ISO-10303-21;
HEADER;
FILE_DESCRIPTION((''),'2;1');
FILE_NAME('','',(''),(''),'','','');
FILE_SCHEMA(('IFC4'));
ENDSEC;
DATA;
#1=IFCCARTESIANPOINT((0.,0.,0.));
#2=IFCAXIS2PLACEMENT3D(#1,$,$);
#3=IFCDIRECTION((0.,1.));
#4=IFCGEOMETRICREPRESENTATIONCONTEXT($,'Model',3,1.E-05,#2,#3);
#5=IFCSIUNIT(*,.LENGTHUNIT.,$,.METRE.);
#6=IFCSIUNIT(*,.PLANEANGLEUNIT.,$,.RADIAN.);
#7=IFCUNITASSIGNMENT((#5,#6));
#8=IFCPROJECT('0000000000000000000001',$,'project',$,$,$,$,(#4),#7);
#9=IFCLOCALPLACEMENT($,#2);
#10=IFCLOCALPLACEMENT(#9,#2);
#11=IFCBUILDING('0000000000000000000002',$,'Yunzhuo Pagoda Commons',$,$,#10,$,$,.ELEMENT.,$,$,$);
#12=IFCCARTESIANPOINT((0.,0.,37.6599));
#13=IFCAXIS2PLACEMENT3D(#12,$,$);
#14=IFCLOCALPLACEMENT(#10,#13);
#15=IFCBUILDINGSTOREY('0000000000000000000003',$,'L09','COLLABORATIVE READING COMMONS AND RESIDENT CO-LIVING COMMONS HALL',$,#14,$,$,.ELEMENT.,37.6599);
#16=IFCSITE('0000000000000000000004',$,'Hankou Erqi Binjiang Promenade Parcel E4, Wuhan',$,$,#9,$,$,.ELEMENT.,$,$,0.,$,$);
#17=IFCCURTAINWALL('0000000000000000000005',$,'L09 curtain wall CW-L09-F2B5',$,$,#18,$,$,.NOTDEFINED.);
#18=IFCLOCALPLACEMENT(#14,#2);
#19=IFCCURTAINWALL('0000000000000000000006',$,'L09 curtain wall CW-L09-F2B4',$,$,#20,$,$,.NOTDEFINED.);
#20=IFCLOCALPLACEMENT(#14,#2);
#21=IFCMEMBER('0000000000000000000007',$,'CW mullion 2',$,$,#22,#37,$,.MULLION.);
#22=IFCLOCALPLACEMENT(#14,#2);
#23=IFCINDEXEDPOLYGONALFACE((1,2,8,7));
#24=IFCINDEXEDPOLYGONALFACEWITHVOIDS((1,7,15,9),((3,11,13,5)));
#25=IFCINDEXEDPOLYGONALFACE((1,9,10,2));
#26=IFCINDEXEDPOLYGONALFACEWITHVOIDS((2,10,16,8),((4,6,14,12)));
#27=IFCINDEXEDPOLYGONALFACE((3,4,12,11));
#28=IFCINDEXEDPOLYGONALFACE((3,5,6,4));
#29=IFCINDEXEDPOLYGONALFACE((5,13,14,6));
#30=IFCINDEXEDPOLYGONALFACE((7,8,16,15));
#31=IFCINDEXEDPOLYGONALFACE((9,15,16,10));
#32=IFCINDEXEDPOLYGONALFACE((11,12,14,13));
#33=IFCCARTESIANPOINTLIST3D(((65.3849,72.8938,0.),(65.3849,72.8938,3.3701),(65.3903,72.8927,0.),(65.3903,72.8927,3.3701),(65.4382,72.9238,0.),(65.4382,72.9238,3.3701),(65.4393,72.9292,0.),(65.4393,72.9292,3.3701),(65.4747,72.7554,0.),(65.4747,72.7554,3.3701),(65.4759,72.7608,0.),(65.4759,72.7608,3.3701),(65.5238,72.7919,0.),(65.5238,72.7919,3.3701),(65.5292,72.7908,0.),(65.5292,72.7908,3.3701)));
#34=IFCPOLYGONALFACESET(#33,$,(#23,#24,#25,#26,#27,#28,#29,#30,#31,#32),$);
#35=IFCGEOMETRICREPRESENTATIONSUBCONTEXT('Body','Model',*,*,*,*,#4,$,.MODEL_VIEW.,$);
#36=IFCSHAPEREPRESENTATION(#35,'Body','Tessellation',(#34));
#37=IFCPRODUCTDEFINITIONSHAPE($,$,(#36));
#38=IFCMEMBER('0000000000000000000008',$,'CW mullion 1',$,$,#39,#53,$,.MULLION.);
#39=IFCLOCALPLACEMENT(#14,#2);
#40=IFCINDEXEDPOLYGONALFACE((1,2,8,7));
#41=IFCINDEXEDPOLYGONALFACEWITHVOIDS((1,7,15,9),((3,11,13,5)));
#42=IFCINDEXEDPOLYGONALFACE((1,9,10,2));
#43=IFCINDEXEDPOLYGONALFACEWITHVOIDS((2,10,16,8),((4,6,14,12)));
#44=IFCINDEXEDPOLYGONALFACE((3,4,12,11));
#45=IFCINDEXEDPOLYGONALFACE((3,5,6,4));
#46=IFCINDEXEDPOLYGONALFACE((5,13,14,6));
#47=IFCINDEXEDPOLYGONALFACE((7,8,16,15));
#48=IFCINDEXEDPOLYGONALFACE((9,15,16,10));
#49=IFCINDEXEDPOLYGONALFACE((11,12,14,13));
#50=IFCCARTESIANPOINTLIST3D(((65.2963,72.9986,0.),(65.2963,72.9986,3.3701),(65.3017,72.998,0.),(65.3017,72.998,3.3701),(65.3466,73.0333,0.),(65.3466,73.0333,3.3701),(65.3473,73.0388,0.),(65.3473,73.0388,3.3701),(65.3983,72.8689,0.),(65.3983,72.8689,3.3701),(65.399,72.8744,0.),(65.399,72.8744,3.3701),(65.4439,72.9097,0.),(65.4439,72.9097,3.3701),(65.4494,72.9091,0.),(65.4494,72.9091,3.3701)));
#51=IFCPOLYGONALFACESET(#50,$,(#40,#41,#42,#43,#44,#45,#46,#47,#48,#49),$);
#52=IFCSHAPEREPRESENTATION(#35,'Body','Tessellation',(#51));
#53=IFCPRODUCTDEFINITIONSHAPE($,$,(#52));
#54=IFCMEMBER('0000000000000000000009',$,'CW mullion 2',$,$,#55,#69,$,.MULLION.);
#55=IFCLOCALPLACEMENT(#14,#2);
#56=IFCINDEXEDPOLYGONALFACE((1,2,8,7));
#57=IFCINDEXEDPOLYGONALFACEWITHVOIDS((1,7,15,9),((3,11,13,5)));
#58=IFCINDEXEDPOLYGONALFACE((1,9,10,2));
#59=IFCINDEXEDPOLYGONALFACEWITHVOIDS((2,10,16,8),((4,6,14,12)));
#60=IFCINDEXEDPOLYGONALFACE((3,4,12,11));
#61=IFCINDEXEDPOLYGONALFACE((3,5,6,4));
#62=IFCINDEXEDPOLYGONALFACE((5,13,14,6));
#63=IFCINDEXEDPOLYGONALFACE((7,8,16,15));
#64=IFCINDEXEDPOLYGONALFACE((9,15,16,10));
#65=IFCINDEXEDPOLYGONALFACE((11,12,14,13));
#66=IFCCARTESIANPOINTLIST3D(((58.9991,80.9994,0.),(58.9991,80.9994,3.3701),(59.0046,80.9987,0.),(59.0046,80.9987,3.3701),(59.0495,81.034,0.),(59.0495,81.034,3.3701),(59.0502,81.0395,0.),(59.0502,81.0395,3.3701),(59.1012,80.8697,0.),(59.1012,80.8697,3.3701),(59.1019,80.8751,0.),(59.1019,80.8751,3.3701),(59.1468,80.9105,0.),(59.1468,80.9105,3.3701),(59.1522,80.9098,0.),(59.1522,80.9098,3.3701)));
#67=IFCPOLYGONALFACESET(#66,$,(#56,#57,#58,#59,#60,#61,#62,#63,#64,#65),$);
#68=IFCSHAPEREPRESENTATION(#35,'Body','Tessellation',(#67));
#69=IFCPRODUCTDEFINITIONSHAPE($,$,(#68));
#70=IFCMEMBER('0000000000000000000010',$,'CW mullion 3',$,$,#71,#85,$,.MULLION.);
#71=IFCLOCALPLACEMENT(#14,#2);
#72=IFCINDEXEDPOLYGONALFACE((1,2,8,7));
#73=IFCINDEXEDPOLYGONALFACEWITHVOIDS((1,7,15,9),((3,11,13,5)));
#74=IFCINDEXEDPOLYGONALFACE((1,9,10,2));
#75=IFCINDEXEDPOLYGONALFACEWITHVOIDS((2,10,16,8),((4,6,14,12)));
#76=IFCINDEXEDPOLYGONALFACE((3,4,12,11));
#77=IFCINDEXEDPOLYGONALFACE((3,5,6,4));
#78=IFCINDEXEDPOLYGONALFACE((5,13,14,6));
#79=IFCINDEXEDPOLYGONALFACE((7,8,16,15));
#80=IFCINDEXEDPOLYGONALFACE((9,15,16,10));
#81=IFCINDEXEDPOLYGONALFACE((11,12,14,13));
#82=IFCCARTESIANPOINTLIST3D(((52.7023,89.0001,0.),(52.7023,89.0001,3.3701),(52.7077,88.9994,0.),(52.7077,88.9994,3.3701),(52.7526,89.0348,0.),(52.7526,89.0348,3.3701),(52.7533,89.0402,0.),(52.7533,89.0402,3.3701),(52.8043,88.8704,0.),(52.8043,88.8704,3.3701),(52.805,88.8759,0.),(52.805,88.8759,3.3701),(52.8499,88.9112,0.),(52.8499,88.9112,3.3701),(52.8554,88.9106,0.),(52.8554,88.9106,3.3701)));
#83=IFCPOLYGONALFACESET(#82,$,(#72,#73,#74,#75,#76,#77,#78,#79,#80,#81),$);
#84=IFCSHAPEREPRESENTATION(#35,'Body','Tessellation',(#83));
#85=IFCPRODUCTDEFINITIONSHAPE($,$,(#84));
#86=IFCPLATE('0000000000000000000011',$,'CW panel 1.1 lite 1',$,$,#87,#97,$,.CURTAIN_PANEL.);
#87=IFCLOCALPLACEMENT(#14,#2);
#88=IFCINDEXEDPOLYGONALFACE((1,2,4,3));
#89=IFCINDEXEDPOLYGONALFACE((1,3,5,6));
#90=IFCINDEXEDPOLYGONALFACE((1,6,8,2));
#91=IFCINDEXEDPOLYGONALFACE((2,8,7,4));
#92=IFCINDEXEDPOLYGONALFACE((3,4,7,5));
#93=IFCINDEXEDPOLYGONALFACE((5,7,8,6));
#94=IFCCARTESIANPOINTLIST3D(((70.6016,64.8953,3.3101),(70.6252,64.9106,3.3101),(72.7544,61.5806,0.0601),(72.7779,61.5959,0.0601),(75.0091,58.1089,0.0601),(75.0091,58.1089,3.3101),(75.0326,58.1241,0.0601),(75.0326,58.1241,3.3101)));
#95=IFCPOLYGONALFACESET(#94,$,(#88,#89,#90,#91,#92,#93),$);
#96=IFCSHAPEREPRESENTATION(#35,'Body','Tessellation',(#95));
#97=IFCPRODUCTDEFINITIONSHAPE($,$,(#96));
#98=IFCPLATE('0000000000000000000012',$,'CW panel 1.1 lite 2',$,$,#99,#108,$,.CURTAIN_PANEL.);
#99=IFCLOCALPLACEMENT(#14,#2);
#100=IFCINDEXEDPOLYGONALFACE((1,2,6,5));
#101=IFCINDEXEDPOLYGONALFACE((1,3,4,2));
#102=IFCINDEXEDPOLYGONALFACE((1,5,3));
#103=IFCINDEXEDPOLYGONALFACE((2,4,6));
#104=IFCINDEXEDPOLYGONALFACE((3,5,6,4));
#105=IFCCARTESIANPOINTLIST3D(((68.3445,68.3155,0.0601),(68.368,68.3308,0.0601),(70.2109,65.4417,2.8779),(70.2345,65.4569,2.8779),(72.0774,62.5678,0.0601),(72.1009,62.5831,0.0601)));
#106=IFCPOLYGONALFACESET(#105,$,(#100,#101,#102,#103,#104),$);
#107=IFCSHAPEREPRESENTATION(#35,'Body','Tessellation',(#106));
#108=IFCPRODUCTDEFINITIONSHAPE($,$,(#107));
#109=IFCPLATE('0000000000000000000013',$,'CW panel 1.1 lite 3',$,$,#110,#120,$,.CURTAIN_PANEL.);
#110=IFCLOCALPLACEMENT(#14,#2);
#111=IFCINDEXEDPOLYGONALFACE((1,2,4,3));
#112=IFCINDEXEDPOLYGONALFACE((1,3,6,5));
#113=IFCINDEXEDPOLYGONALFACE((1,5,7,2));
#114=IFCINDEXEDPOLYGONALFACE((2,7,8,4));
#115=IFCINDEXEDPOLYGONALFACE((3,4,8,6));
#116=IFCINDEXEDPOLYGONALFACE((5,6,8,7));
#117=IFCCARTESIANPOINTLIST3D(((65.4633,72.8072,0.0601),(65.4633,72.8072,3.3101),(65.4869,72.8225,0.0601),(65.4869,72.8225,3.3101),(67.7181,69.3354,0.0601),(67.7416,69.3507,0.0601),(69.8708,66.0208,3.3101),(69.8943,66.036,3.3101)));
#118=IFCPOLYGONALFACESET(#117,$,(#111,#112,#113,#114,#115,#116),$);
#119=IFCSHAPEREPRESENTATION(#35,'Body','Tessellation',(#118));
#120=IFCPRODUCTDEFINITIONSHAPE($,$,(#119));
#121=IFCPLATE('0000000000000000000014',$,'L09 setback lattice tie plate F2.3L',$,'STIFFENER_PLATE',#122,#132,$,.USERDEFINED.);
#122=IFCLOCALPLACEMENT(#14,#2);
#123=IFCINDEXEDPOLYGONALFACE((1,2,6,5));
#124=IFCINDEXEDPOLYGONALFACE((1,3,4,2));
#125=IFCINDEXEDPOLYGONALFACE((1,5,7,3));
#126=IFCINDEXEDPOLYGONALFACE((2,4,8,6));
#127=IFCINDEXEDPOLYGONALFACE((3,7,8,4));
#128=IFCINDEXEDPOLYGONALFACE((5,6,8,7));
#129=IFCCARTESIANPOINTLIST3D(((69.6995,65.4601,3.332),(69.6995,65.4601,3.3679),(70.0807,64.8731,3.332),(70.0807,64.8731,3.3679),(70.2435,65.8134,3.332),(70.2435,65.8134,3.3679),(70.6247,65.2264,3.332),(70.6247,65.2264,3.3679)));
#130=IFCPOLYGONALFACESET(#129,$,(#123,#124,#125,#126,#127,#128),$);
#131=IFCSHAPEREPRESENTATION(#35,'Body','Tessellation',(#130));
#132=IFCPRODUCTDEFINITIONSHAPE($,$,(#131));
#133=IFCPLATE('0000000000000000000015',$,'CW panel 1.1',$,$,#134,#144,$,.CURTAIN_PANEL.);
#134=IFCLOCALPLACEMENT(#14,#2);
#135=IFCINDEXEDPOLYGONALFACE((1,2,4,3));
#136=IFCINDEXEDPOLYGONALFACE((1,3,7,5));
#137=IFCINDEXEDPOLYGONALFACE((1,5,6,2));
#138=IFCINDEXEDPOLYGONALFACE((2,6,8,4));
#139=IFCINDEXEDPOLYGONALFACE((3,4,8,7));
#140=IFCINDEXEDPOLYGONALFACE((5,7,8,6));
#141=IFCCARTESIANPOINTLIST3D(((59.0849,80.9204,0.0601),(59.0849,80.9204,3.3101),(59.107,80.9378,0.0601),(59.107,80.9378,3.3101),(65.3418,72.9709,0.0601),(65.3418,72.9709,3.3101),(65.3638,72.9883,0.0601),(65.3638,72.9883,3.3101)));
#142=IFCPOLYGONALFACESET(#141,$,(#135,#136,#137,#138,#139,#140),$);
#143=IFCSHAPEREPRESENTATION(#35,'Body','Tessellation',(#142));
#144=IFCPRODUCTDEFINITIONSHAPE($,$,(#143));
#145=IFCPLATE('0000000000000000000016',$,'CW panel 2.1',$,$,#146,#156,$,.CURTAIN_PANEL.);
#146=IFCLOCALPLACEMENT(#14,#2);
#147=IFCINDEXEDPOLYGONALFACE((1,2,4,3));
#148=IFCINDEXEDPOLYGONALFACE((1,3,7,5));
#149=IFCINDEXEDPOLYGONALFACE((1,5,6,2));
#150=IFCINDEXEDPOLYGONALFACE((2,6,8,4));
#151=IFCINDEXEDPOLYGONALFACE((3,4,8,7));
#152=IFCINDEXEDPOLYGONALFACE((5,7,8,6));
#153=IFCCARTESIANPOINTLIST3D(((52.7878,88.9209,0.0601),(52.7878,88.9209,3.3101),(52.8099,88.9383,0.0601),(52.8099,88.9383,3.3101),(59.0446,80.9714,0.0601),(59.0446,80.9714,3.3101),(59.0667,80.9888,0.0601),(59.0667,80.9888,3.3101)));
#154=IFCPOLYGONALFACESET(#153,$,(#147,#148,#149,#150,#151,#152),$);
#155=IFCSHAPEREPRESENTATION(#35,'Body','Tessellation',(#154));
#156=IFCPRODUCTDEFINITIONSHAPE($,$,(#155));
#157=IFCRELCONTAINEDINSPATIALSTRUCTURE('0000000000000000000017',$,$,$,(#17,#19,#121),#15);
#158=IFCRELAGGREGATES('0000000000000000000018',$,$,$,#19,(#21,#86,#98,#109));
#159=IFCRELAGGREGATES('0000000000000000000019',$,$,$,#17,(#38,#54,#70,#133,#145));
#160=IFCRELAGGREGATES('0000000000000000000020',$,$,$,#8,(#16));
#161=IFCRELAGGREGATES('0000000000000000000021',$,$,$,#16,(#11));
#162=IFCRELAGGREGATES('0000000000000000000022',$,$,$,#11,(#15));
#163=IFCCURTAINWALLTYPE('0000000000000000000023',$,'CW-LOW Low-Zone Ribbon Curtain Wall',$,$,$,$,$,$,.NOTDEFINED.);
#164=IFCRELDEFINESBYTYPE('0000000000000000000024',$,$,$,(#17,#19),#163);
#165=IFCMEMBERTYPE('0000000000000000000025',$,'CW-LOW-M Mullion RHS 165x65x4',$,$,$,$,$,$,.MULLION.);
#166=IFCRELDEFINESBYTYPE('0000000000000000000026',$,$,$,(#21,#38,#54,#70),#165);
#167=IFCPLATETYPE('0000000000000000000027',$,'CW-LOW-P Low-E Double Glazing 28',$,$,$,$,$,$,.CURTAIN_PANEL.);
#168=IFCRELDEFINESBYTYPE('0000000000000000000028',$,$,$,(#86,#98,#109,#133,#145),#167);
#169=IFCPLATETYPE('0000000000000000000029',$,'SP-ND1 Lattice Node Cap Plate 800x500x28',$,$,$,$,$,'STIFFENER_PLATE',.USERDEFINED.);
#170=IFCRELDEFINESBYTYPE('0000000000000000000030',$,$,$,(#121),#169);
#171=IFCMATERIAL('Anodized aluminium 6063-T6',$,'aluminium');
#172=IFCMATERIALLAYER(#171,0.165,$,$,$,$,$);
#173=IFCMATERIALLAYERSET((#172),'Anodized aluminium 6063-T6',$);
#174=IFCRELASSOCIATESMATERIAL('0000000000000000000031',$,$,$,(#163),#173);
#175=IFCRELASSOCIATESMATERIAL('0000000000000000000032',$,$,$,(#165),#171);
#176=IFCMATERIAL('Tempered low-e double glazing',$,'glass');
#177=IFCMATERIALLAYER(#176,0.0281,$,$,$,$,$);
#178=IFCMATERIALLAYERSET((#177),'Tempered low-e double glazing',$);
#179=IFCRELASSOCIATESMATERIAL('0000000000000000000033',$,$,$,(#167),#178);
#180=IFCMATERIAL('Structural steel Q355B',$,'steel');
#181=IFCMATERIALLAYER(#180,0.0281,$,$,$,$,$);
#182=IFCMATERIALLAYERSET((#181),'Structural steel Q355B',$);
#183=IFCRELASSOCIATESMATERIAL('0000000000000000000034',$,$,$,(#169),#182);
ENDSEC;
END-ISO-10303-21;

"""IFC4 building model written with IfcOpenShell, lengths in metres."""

from ifc_helpers import new_model, si_unit, direction, frame, origin, origin_2d, place, context, subcontext, project, spatial, polyline, rectangle, hollow_rectangle, outline, extrude, source, transform, mapped, material, layer, layer_set, material_profile, profile_set, type_object, element, aggregate, save


model = new_model("IFC4")

# Units and contexts
model_context = context("Model", 3, precision=1e-05, world=origin(), true_north=direction((0.0, 1.0)))
body_context = subcontext(model_context, "Body", "Model", "MODEL_VIEW")
ifc_project = project(units=[si_unit("LENGTHUNIT", "METRE"), si_unit("PLANEANGLEUNIT", "RADIAN")], contexts=[model_context])

# Site, building, storey
site_placement = place(None, origin())
site = spatial("IfcSite", under=ifc_project, at=site_placement, Name="Hankou Erqi Binjiang Promenade Parcel E4, Wuhan", CompositionType="ELEMENT", RefElevation=0.0)
building_placement = place(site_placement, origin())
building = spatial("IfcBuilding", under=site, at=building_placement, Name="Yunzhuo Pagoda Commons", CompositionType="ELEMENT")
storey_placement = place(building_placement, frame((0.0, 0.0, 37.6599)))
storey = spatial("IfcBuildingStorey", under=building, at=storey_placement, Name="L09", Description="COLLABORATIVE READING COMMONS AND RESIDENT CO-LIVING COMMONS HALL", CompositionType="ELEMENT", Elevation=37.6599)

# Shared definitions
ifc_material_1 = material(Name="Structural steel Q355B", Category="steel")

# Curtain wall
ifc_material_2 = material(Name="Anodized aluminium 6063-T6", Category="aluminium")
ifc_layer_1 = layer(ifc_material_2, 0.165)
ifc_layer_set_1 = layer_set([ifc_layer_1], Name="Anodized aluminium 6063-T6")
curtain_wall_type = type_object("IfcCurtainWallType", Name="CW-LOW Low-Zone Ribbon Curtain Wall", PredefinedType="NOTDEFINED", material=ifc_layer_set_1)
curtain_wall_1_placement = place(storey_placement, origin())
curtain_wall_1 = element("IfcCurtainWall", 1, at=curtain_wall_1_placement, inside=storey, type_object=curtain_wall_type, Name="L09 curtain wall CW-L09-F2B5", PredefinedType="NOTDEFINED")

# Curtain wall, member
curtain_wall_2_placement = place(storey_placement, origin())
curtain_wall_2 = element("IfcCurtainWall", 2, at=curtain_wall_2_placement, inside=storey, type_object=curtain_wall_type, Name="L09 curtain wall CW-L09-F2B4", PredefinedType="NOTDEFINED")
ifc_material_profile_1 = material_profile(ifc_material_2, hollow_rectangle(XDim=0.0649, YDim=0.165, WallThickness=0.0039, at=origin_2d()), Name="Anodized aluminium 6063-T6")
ifc_profile_set_1 = profile_set([ifc_material_profile_1], Name="Anodized aluminium 6063-T6")
member_type_1 = type_object("IfcMemberType", Name="CW-LOW-M Mullion RHS 165x65x4", PredefinedType="MULLION", material=ifc_profile_set_1)
shared_shape_1 = source(origin(), body_context, "Body", "SweptSolid", [
    extrude(hollow_rectangle(XDim=0.0649, YDim=0.165, WallThickness=0.0039, at=origin_2d()), origin(), (0.0, 0.0, 1.0), 3.3701),
])
member_1_placement = place(storey_placement, frame((65.457, 72.8423, 0.0), z_axis=(0.0, 0.0, 1.0), x_axis=(-0.838652, -0.544667, 0.0)))
member_1 = element("IfcMember", 3, at=member_1_placement, type_object=member_type_1, Name="CW mullion 2", PredefinedType="MULLION", context=body_context, shape_type="MappedRepresentation", body=[
    mapped(shared_shape_1, transform((0.0, 0.0, 0.0), scale=1.0)),
])

# Members
member_2_placement = place(storey_placement, frame((65.3728, 72.9539, 0.0), z_axis=(0.0, 0.0, 1.0), x_axis=(-0.7858, -0.618481, 0.0)))
member_2 = element("IfcMember", 4, at=member_2_placement, type_object=member_type_1, Name="CW mullion 1", PredefinedType="MULLION", context=body_context, shape_type="MappedRepresentation", body=[
    mapped(shared_shape_1, transform((0.0, 0.0, 0.0), scale=1.0)),
])
member_3_placement = place(storey_placement, frame((59.0757, 80.9546, 0.0), z_axis=(0.0, 0.0, 1.0), x_axis=(-0.7858, -0.618481, 0.0)))
member_3 = element("IfcMember", 5, at=member_3_placement, type_object=member_type_1, Name="CW mullion 2", PredefinedType="MULLION", context=body_context, shape_type="MappedRepresentation", body=[
    mapped(shared_shape_1, transform((0.0, 0.0, 0.0), scale=1.0)),
])
member_4_placement = place(storey_placement, frame((52.7788, 88.9553, 0.0), z_axis=(0.0, 0.0, 1.0), x_axis=(-0.7858, -0.618481, 0.0)))
member_4 = element("IfcMember", 6, at=member_4_placement, type_object=member_type_1, Name="CW mullion 3", PredefinedType="MULLION", context=body_context, shape_type="MappedRepresentation", body=[
    mapped(shared_shape_1, transform((0.0, 0.0, 0.0), scale=1.0)),
])

# Plates
ifc_material_3 = material(Name="Tempered low-e double glazing", Category="glass")
ifc_layer_2 = layer(ifc_material_3, 0.0281)
ifc_layer_set_2 = layer_set([ifc_layer_2], Name="Tempered low-e double glazing")
plate_type_1 = type_object("IfcPlateType", Name="CW-LOW-P Low-E Double Glazing 28", PredefinedType="CURTAIN_PANEL", material=ifc_layer_set_2)
plate_1_placement = place(storey_placement, frame((72.8054, 61.502, 1.6851), z_axis=(0.838652, 0.544667, 0.0), x_axis=(-0.544667, 0.838652, 0.0)))
plate_1 = element("IfcPlate", 7, at=plate_1_placement, type_object=plate_type_1, Name="CW panel 1.1 lite 1", PredefinedType="CURTAIN_PANEL", context=body_context, shape_type="SweptSolid", body=[
    extrude(outline(polyline([(-4.0459, -1.625), (0.0938, -1.625), (4.0461, 1.625), (-4.0459, 1.625), (-4.0459, -1.625)])), origin(), (0.0, 0.0, 1.0), 0.0281),
])
plate_2_placement = place(storey_placement, frame((70.2109, 65.4417, 1.469), z_axis=(0.838652, 0.544667, 0.0), x_axis=(-0.544667, 0.838652, 0.0)))
plate_2 = element("IfcPlate", 8, at=plate_2_placement, type_object=plate_type_1, Name="CW panel 1.1 lite 2", PredefinedType="CURTAIN_PANEL", context=body_context, shape_type="SweptSolid", body=[
    extrude(outline(polyline([(-3.4268, -1.4089), (3.4268, -1.4089), (0.0, 1.4089), (-3.4268, -1.4089)])), origin(), (0.0, 0.0, 1.0), 0.0281),
])
plate_3_placement = place(storey_placement, frame((67.667, 69.4141, 1.6851), z_axis=(0.838652, 0.544667, 0.0), x_axis=(-0.544667, 0.838652, 0.0)))
plate_3 = element("IfcPlate", 9, at=plate_3_placement, type_object=plate_type_1, Name="CW panel 1.1 lite 3", PredefinedType="CURTAIN_PANEL", context=body_context, shape_type="SweptSolid", body=[
    extrude(outline(polyline([(-4.0461, 1.625), (-0.0938, -1.625), (4.0459, -1.625), (4.0459, 1.625), (-4.0461, 1.625)])), origin(), (0.0, 0.0, 1.0), 0.0281),
])
aggregate(curtain_wall_2, [member_1, plate_1, plate_2, plate_3])
ifc_layer_3 = layer(ifc_material_1, 0.0281)
ifc_layer_set_3 = layer_set([ifc_layer_3], Name="Structural steel Q355B")
plate_type_2 = type_object("IfcPlateType", Name="SP-ND1 Lattice Node Cap Plate 800x500x28", ElementType="STIFFENER_PLATE", PredefinedType="USERDEFINED", material=ifc_layer_set_3)
shared_shape_2 = source(origin(), body_context, "Body", "SweptSolid", [
    extrude(rectangle(XDim=0.7, YDim=0.6487, at=origin_2d()), origin(), (0.0, 0.0, 1.0), 0.0359),
])
plate_4_placement = place(storey_placement, frame((70.1621, 65.3433, 3.332), z_axis=(0.0, 0.0, 1.0), x_axis=(-0.544668, 0.838652, 0.0)))
element("IfcPlate", 10, at=plate_4_placement, inside=storey, type_object=plate_type_2, Name="L09 setback lattice tie plate F2.3L", ObjectType="STIFFENER_PLATE", PredefinedType="USERDEFINED", context=body_context, shape_type="MappedRepresentation", body=[
    mapped(shared_shape_2, transform((0.0, 0.0, 0.0), scale=1.0)),
])
shared_shape_3 = source(origin(), body_context, "Body", "SweptSolid", [
    extrude(rectangle(XDim=10.1165, YDim=0.0281, at=origin_2d()), origin(), (0.0, 0.0, 1.0), 3.25),
])
plate_5_placement = place(storey_placement, frame((62.2244, 76.9543, 0.0601), z_axis=(0.0, 0.0, 1.0), x_axis=(-0.618481, 0.7858, 0.0)))
plate_5 = element("IfcPlate", 11, at=plate_5_placement, type_object=plate_type_1, Name="CW panel 1.1", PredefinedType="CURTAIN_PANEL", context=body_context, shape_type="MappedRepresentation", body=[
    mapped(shared_shape_3, transform((0.0, 0.0, 0.0), scale=1.0)),
])
plate_6_placement = place(storey_placement, frame((55.9272, 84.9548, 0.0601), z_axis=(0.0, 0.0, 1.0), x_axis=(-0.618481, 0.7858, 0.0)))
plate_6 = element("IfcPlate", 12, at=plate_6_placement, type_object=plate_type_1, Name="CW panel 2.1", PredefinedType="CURTAIN_PANEL", context=body_context, shape_type="MappedRepresentation", body=[
    mapped(shared_shape_3, transform((0.0, 0.0, 0.0), scale=1.0)),
])
aggregate(curtain_wall_1, [member_2, member_3, member_4, plate_5, plate_6])

save(model, "model.ifc")
